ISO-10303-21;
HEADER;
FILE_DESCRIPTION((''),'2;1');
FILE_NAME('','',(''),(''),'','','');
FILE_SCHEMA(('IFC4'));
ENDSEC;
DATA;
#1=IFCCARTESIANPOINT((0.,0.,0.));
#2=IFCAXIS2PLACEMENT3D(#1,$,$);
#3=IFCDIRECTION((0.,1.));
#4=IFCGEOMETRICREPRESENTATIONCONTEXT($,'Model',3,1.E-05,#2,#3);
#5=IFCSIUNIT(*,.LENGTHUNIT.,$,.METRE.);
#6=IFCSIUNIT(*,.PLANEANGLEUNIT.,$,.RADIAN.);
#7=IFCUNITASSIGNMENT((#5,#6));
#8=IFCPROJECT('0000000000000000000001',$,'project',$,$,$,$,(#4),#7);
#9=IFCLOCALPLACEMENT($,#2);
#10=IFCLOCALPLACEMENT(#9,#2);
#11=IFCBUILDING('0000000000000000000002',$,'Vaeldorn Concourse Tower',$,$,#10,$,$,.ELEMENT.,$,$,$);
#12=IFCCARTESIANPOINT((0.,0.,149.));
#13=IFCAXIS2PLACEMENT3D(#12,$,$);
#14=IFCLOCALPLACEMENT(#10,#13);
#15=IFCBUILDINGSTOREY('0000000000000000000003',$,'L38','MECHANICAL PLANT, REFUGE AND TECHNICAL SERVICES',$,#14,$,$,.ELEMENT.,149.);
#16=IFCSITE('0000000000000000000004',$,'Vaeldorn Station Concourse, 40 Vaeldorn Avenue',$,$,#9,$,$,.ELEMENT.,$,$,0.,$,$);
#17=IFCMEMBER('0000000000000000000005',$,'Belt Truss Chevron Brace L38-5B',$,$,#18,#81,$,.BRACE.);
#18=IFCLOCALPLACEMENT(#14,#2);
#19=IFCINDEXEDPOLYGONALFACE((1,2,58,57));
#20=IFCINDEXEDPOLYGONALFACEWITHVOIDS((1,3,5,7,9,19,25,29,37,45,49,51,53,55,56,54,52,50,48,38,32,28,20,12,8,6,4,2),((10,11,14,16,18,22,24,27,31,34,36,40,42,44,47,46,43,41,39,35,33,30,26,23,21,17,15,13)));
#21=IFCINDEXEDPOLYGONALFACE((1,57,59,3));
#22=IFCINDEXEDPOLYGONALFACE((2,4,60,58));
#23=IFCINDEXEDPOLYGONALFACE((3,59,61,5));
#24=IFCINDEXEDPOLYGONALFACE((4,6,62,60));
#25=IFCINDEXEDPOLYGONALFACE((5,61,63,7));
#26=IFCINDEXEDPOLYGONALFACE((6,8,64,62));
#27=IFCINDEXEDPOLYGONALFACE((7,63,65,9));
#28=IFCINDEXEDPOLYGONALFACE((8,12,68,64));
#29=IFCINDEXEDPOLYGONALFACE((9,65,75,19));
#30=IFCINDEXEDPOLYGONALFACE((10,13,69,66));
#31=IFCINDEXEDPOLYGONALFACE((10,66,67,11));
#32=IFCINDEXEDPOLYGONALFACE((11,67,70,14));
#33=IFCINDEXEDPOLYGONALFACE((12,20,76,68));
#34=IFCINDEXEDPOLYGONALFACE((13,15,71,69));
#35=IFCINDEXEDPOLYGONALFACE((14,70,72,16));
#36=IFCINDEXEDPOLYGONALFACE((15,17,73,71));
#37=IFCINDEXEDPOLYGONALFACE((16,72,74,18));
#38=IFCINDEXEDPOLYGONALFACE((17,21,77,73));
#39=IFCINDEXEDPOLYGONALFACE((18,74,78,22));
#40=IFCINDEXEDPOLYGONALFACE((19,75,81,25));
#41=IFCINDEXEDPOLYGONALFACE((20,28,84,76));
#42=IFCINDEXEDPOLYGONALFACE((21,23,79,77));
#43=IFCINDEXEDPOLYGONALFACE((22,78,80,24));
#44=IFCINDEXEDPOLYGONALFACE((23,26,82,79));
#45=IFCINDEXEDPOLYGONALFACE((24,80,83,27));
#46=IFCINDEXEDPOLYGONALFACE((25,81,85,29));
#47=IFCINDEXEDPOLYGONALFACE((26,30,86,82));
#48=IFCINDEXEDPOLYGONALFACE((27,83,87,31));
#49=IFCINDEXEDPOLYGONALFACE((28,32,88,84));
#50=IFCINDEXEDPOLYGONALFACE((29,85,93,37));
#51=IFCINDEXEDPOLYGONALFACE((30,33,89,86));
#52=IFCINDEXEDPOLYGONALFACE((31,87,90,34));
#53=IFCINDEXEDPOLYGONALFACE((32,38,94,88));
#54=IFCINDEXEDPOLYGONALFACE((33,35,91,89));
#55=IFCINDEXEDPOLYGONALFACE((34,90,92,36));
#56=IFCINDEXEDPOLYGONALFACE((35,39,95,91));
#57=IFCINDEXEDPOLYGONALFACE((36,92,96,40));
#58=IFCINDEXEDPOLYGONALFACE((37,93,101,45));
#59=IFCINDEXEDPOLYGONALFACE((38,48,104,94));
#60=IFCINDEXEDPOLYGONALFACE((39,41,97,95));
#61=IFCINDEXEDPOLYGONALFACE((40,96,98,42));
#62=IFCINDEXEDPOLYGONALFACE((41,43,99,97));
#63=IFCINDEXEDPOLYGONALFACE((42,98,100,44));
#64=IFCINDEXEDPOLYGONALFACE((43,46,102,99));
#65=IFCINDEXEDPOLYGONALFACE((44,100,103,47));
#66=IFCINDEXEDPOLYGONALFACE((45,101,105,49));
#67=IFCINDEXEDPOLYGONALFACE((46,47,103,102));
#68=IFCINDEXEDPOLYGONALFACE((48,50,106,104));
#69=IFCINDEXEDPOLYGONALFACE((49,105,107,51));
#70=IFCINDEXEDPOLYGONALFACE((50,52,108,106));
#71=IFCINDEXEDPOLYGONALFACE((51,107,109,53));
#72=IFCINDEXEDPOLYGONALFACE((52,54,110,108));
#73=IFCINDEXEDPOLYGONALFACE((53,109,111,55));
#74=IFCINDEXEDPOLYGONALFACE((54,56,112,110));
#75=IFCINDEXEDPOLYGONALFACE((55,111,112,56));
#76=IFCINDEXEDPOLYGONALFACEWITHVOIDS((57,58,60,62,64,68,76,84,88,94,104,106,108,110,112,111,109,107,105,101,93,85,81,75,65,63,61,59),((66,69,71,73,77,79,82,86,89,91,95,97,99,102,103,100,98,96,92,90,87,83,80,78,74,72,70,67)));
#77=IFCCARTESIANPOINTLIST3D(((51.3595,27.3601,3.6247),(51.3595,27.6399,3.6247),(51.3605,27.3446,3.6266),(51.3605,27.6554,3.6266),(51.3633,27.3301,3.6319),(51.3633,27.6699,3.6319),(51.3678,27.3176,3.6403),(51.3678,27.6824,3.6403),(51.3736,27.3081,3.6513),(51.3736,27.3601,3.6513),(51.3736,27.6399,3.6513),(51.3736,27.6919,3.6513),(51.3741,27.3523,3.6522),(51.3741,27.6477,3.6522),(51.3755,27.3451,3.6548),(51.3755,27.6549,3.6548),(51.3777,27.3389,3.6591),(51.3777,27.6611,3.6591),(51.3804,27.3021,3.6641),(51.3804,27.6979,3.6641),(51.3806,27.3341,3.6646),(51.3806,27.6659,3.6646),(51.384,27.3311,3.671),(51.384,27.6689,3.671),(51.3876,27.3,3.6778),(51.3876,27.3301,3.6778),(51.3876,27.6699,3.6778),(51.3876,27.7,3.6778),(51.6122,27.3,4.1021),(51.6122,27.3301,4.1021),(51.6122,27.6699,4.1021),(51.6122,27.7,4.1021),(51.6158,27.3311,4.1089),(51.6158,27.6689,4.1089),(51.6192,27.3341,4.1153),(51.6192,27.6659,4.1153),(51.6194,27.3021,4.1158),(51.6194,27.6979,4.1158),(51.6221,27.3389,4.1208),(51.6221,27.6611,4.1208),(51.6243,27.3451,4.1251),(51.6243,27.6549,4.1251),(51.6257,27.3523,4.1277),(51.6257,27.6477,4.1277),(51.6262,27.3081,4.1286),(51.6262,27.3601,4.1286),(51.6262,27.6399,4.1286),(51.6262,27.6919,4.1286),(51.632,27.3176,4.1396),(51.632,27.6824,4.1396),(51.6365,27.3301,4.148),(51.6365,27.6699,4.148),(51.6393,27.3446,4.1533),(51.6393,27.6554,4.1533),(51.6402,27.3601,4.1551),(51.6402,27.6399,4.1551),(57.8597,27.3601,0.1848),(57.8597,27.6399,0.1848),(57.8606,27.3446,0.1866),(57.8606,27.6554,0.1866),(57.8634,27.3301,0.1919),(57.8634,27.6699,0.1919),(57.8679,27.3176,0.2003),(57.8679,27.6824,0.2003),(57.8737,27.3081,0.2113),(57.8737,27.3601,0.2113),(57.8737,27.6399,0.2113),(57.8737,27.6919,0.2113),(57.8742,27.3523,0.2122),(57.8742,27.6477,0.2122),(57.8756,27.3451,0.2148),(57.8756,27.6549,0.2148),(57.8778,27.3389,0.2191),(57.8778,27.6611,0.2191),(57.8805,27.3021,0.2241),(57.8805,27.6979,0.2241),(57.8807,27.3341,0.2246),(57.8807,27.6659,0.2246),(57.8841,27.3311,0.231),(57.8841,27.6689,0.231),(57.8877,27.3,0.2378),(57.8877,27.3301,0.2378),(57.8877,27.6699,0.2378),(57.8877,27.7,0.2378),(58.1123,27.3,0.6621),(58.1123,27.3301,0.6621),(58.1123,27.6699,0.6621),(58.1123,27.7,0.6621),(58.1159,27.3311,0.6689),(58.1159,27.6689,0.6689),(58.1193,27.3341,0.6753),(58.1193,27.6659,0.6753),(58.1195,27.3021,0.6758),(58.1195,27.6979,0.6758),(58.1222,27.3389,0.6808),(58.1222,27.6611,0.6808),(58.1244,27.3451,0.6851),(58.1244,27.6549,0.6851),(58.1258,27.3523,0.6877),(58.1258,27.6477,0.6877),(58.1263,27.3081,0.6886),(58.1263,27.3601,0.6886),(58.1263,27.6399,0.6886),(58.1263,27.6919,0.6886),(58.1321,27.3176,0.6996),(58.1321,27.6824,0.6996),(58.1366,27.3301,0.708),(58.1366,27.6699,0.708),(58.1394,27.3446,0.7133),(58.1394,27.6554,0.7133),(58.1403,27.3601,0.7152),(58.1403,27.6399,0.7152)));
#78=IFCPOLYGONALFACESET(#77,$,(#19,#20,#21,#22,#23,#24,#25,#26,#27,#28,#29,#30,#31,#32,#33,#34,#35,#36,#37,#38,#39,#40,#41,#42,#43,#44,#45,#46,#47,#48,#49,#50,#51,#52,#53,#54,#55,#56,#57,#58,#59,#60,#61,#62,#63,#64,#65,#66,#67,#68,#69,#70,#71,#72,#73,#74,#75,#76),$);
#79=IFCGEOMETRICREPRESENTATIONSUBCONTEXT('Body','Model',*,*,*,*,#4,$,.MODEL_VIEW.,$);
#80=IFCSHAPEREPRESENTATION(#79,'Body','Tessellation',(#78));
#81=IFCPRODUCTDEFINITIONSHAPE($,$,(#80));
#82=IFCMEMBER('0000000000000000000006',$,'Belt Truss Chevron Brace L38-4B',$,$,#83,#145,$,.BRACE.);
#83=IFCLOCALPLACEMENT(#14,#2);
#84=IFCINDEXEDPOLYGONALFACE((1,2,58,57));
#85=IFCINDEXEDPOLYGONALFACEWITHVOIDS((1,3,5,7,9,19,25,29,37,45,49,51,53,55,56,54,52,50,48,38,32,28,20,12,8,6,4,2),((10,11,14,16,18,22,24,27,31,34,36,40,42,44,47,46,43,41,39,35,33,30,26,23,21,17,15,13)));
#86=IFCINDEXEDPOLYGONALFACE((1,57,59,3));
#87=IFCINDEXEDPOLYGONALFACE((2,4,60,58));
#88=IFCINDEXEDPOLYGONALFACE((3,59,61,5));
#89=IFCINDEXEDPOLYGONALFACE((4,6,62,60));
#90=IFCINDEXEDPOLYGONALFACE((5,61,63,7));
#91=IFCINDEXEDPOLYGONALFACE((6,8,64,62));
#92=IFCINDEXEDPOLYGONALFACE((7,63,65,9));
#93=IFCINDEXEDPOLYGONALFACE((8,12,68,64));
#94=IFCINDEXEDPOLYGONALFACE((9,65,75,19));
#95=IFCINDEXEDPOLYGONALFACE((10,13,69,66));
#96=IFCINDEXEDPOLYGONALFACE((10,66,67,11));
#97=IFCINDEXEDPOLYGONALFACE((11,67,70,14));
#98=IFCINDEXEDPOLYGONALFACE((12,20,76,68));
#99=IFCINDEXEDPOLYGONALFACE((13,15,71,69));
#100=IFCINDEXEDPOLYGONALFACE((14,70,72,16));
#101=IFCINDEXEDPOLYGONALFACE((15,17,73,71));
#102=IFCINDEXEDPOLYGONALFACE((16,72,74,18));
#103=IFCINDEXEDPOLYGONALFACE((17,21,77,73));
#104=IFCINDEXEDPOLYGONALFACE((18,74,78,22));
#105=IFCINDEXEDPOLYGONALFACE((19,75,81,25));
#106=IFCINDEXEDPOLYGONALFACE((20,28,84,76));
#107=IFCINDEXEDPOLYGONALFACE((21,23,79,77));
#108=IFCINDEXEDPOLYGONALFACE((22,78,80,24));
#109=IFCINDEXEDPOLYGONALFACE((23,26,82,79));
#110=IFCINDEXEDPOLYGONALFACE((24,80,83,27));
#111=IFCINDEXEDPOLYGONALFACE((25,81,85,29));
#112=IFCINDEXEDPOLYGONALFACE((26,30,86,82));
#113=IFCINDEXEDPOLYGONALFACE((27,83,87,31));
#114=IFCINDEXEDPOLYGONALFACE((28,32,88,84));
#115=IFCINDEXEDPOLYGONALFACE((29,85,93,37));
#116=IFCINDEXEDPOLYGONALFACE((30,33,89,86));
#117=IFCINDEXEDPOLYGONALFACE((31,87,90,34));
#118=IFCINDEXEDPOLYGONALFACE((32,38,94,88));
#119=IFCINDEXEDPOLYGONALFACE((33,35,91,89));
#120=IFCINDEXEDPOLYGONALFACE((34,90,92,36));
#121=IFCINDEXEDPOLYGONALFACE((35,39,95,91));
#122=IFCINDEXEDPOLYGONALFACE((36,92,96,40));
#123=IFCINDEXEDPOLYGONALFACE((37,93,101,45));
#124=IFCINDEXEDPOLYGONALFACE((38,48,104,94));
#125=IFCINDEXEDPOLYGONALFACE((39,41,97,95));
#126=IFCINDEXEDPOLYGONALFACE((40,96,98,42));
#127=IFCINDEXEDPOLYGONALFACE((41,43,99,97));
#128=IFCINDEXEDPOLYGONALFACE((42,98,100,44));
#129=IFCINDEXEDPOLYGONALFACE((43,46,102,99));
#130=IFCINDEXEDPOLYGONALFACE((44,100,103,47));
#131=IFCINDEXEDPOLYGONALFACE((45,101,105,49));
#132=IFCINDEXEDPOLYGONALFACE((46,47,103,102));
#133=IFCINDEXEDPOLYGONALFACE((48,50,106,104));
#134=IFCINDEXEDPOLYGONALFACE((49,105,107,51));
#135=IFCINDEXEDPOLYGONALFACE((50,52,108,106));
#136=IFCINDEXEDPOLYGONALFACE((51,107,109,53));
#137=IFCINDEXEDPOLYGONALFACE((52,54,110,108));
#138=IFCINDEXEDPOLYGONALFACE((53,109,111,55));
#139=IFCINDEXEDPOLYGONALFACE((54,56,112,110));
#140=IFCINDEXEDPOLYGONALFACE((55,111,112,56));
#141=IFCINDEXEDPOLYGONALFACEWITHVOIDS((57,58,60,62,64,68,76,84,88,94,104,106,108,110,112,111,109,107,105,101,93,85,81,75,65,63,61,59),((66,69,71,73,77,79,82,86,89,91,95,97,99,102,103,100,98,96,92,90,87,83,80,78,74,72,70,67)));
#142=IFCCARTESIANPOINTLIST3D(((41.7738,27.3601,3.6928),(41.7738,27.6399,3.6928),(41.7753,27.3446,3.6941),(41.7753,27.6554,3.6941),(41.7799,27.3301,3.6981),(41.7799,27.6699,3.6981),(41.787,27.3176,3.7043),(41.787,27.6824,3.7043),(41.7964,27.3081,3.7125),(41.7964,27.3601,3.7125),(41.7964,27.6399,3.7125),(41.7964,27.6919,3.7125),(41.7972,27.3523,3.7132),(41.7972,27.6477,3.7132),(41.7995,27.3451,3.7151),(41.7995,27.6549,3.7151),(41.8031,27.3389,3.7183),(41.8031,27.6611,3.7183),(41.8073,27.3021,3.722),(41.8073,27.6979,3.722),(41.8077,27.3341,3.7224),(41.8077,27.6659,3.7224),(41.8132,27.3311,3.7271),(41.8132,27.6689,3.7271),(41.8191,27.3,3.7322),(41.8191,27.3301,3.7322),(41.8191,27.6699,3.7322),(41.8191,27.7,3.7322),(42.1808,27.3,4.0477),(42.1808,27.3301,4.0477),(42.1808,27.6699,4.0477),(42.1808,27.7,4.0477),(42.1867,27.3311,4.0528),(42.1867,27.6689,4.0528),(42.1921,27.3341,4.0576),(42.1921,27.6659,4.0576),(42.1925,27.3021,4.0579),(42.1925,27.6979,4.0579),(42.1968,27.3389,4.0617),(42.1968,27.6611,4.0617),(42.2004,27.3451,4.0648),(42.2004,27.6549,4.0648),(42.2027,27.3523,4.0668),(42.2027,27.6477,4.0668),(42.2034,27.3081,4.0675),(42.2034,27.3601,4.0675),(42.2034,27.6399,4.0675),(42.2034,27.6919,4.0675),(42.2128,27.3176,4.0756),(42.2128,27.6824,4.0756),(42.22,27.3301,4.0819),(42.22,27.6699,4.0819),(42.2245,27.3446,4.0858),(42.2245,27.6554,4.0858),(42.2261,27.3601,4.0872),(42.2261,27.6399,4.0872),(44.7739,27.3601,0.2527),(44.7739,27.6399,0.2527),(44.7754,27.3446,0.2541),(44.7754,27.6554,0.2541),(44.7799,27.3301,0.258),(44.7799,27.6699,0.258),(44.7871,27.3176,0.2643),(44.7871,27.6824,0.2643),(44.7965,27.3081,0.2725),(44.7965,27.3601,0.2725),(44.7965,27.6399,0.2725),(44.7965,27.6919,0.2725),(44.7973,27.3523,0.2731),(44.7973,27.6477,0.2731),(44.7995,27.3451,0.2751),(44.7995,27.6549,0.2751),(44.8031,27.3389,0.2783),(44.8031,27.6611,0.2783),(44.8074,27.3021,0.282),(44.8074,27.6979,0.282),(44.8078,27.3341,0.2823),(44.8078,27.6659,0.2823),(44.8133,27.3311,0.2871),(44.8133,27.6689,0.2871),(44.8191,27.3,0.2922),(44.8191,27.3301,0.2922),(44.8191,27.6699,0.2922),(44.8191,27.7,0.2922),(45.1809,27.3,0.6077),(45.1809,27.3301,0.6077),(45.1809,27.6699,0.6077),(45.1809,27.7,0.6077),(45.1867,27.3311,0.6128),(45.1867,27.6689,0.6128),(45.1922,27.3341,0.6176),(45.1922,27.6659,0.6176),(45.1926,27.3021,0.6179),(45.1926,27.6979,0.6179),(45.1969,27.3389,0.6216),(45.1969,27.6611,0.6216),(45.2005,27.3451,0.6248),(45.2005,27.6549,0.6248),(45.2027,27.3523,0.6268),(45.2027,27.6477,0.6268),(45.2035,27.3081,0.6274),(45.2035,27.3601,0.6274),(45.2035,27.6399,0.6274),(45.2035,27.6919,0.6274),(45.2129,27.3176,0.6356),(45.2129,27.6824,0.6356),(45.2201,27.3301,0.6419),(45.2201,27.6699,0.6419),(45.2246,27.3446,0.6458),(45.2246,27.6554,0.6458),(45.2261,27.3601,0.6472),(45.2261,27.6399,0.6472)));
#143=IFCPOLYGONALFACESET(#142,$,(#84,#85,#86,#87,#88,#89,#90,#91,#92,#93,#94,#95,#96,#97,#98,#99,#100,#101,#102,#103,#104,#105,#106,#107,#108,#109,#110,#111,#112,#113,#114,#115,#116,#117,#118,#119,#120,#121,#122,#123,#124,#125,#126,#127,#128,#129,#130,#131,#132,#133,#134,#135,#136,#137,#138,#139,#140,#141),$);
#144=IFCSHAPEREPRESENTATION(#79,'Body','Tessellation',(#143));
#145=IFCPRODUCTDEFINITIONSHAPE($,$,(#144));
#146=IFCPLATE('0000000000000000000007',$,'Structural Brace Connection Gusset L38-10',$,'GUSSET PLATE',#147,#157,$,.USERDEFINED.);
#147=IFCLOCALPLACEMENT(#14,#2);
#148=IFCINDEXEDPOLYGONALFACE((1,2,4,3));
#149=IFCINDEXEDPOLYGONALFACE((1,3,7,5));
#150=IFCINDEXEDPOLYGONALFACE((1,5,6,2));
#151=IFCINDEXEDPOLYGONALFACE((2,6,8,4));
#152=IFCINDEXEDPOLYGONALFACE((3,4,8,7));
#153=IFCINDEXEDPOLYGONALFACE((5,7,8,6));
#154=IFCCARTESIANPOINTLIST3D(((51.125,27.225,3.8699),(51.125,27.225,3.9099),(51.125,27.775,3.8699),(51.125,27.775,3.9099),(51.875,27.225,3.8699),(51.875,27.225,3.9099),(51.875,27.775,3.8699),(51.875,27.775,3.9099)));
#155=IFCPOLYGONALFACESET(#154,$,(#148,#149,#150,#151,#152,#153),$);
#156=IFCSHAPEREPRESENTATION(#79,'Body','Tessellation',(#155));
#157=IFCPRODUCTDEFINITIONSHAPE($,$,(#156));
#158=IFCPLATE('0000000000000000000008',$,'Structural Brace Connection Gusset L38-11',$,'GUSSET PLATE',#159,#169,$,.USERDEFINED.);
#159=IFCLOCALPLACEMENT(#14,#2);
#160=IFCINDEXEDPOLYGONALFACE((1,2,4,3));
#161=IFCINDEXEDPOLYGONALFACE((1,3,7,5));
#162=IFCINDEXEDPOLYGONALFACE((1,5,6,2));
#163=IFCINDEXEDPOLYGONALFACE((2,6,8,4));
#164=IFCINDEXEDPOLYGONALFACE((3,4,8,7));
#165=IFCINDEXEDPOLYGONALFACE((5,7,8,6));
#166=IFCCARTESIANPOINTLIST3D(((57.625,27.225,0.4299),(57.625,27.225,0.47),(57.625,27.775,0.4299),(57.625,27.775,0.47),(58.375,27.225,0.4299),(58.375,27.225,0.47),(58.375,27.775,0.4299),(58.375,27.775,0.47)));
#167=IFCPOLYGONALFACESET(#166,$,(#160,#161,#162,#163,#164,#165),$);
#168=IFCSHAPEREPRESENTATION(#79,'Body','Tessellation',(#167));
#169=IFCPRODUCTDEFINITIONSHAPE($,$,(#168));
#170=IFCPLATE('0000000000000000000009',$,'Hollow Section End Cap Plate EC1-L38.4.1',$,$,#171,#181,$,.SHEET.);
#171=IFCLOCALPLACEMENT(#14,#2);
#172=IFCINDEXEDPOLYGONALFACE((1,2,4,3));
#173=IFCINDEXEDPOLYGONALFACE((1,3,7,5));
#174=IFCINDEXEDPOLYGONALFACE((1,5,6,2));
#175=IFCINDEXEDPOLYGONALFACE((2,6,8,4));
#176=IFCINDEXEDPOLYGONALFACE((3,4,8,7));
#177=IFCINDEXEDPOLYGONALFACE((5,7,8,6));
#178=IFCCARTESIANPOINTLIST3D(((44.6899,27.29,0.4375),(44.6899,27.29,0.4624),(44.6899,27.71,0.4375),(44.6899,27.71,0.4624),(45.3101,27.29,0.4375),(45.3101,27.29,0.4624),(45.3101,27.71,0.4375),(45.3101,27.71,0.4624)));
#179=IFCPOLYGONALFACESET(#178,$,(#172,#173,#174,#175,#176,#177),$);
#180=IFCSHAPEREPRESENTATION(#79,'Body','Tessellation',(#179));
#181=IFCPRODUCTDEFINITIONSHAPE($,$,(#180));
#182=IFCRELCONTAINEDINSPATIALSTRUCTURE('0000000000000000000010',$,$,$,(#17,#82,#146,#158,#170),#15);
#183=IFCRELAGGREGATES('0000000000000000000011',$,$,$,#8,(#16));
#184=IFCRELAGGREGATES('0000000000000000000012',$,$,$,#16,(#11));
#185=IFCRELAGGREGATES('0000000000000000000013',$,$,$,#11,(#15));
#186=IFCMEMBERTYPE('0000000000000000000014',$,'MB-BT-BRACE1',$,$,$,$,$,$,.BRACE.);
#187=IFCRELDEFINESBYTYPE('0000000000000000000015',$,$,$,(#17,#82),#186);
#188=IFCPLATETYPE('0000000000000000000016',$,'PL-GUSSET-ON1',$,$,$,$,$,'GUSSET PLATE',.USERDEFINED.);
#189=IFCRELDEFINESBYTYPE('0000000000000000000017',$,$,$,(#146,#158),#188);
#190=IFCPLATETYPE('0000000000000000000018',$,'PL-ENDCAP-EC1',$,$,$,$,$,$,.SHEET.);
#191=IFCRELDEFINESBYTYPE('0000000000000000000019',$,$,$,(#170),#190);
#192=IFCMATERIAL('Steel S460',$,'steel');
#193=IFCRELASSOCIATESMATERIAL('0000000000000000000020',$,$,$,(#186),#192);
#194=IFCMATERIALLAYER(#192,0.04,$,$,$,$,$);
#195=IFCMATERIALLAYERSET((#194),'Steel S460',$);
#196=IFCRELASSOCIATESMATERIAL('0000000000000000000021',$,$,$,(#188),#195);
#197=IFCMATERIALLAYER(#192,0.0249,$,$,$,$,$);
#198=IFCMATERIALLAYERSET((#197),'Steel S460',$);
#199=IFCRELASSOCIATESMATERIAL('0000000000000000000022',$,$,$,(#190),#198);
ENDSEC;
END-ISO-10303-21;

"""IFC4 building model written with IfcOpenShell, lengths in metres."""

from ifc_helpers import new_model, si_unit, direction, frame, origin, origin_2d, place, context, subcontext, project, spatial, rectangle, hollow_rectangle, extrude, source, transform, mapped, material, layer, layer_set, material_profile, profile_set, type_object, element, save


model = new_model("IFC4")

# Units and contexts
model_context = context("Model", 3, precision=1e-05, world=origin(), true_north=direction((0.0, 1.0)))
body_context = subcontext(model_context, "Body", "Model", "MODEL_VIEW")
ifc_project = project(units=[si_unit("LENGTHUNIT", "METRE"), si_unit("PLANEANGLEUNIT", "RADIAN")], contexts=[model_context])

# Site, building, storey
site_placement = place(None, origin())
site = spatial("IfcSite", under=ifc_project, at=site_placement, Name="Vaeldorn Station Concourse, 40 Vaeldorn Avenue", CompositionType="ELEMENT", RefElevation=0.0)
building_placement = place(site_placement, origin())
building = spatial("IfcBuilding", under=site, at=building_placement, Name="Vaeldorn Concourse Tower", CompositionType="ELEMENT")
storey_placement = place(building_placement, frame((0.0, 0.0, 149.0)))
storey = spatial("IfcBuildingStorey", under=building, at=storey_placement, Name="L38", Description="MECHANICAL PLANT, REFUGE AND TECHNICAL SERVICES", CompositionType="ELEMENT", Elevation=149.0)

# Shared definitions
ifc_material_1 = material(Name="Steel S460", Category="steel")

# Members
ifc_material_profile_1 = material_profile(ifc_material_1, hollow_rectangle(XDim=0.3999, YDim=0.6001, WallThickness=0.03, InnerFilletRadius=0.03, OuterFilletRadius=0.0601, at=origin_2d()), Name="RHS 600x400x30")
ifc_profile_set_1 = profile_set([ifc_material_profile_1], Name="Steel S460")
member_type_1 = type_object("IfcMemberType", Name="MB-BT-BRACE1", PredefinedType="BRACE", material=ifc_profile_set_1)
shared_shape_1 = source(origin(), body_context, "Body", "SweptSolid", [
    extrude(hollow_rectangle(XDim=0.3999, YDim=0.6001, WallThickness=0.03, InnerFilletRadius=0.03, OuterFilletRadius=0.0601, at=origin_2d()), origin(), (0.0, 0.0, 1.0), 7.3542),
])
for number, where, z_axis, x_axis, name in (
    (1, (58.0, 27.5, 0.45), (-0.883857, 0.0, 0.467757), (0.0, -1.0, 0.0), "Belt Truss Chevron Brace L38-5B"),
):
    element("IfcMember", number, at=place(storey_placement, frame(where, z_axis=z_axis, x_axis=x_axis)), inside=storey, type_object=member_type_1, Name=name, PredefinedType="BRACE", context=body_context, shape_type="MappedRepresentation", body=[
        mapped(shared_shape_1, transform((0.0, 0.0, 0.0), scale=1.0)),
    ])
shared_shape_2 = source(origin(), body_context, "Body", "SweptSolid", [
    extrude(hollow_rectangle(XDim=0.3999, YDim=0.6001, WallThickness=0.03, InnerFilletRadius=0.03, OuterFilletRadius=0.0601, at=origin_2d()), origin(), (0.0, 0.0, 1.0), 4.5645),
])
member_1_placement = place(storey_placement, frame((45.0, 27.5, 0.45), z_axis=(-0.657269, 0.0, 0.753656), x_axis=(0.0, -1.0, 0.0)))
element("IfcMember", 2, at=member_1_placement, inside=storey, type_object=member_type_1, Name="Belt Truss Chevron Brace L38-4B", PredefinedType="BRACE", context=body_context, shape_type="MappedRepresentation", body=[
    mapped(shared_shape_2, transform((0.0, 0.0, 0.0), scale=1.0)),
])

# Plates
ifc_layer_1 = layer(ifc_material_1, 0.04)
ifc_layer_set_1 = layer_set([ifc_layer_1], Name="Steel S460")
plate_type_1 = type_object("IfcPlateType", Name="PL-GUSSET-ON1", ElementType="GUSSET PLATE", PredefinedType="USERDEFINED", material=ifc_layer_set_1)
shared_shape_3 = source(origin(), body_context, "Body", "SweptSolid", [
    extrude(rectangle(XDim=0.75, YDim=0.55, at=origin_2d()), origin(), (0.0, 0.0, 1.0), 0.04),
])
for number, where, z_axis, x_axis, name in (
    (3, (51.5, 27.5, 3.8699), (0.0, 0.0, 1.0), (1.0, 0.0, 0.0), "Structural Brace Connection Gusset L38-10"),
    (4, (58.0, 27.5, 0.4299), (0.0, 0.0, 1.0), (1.0, 0.0, 0.0), "Structural Brace Connection Gusset L38-11"),
):
    element("IfcPlate", number, at=place(storey_placement, frame(where, z_axis=z_axis, x_axis=x_axis)), inside=storey, type_object=plate_type_1, Name=name, ObjectType="GUSSET PLATE", PredefinedType="USERDEFINED", context=body_context, shape_type="MappedRepresentation", body=[
        mapped(shared_shape_3, transform((0.0, 0.0, 0.0), scale=1.0)),
    ])
ifc_layer_2 = layer(ifc_material_1, 0.0249)
ifc_layer_set_2 = layer_set([ifc_layer_2], Name="Steel S460")
plate_type_2 = type_object("IfcPlateType", Name="PL-ENDCAP-EC1", PredefinedType="SHEET", material=ifc_layer_set_2)
shared_shape_4 = source(origin(), body_context, "Body", "SweptSolid", [
    extrude(rectangle(XDim=0.6201, YDim=0.4199, at=origin_2d()), origin(), (0.0, 0.0, 1.0), 0.0249),
])
plate_placement = place(storey_placement, frame((45.0, 27.5, 0.4375), z_axis=(0.0, 0.0, 1.0), x_axis=(1.0, 0.0, 0.0)))
element("IfcPlate", 5, at=plate_placement, inside=storey, type_object=plate_type_2, Name="Hollow Section End Cap Plate EC1-L38.4.1", PredefinedType="SHEET", context=body_context, shape_type="MappedRepresentation", body=[
    mapped(shared_shape_4, transform((0.0, 0.0, 0.0), scale=1.0)),
])

save(model, "model.ifc")
